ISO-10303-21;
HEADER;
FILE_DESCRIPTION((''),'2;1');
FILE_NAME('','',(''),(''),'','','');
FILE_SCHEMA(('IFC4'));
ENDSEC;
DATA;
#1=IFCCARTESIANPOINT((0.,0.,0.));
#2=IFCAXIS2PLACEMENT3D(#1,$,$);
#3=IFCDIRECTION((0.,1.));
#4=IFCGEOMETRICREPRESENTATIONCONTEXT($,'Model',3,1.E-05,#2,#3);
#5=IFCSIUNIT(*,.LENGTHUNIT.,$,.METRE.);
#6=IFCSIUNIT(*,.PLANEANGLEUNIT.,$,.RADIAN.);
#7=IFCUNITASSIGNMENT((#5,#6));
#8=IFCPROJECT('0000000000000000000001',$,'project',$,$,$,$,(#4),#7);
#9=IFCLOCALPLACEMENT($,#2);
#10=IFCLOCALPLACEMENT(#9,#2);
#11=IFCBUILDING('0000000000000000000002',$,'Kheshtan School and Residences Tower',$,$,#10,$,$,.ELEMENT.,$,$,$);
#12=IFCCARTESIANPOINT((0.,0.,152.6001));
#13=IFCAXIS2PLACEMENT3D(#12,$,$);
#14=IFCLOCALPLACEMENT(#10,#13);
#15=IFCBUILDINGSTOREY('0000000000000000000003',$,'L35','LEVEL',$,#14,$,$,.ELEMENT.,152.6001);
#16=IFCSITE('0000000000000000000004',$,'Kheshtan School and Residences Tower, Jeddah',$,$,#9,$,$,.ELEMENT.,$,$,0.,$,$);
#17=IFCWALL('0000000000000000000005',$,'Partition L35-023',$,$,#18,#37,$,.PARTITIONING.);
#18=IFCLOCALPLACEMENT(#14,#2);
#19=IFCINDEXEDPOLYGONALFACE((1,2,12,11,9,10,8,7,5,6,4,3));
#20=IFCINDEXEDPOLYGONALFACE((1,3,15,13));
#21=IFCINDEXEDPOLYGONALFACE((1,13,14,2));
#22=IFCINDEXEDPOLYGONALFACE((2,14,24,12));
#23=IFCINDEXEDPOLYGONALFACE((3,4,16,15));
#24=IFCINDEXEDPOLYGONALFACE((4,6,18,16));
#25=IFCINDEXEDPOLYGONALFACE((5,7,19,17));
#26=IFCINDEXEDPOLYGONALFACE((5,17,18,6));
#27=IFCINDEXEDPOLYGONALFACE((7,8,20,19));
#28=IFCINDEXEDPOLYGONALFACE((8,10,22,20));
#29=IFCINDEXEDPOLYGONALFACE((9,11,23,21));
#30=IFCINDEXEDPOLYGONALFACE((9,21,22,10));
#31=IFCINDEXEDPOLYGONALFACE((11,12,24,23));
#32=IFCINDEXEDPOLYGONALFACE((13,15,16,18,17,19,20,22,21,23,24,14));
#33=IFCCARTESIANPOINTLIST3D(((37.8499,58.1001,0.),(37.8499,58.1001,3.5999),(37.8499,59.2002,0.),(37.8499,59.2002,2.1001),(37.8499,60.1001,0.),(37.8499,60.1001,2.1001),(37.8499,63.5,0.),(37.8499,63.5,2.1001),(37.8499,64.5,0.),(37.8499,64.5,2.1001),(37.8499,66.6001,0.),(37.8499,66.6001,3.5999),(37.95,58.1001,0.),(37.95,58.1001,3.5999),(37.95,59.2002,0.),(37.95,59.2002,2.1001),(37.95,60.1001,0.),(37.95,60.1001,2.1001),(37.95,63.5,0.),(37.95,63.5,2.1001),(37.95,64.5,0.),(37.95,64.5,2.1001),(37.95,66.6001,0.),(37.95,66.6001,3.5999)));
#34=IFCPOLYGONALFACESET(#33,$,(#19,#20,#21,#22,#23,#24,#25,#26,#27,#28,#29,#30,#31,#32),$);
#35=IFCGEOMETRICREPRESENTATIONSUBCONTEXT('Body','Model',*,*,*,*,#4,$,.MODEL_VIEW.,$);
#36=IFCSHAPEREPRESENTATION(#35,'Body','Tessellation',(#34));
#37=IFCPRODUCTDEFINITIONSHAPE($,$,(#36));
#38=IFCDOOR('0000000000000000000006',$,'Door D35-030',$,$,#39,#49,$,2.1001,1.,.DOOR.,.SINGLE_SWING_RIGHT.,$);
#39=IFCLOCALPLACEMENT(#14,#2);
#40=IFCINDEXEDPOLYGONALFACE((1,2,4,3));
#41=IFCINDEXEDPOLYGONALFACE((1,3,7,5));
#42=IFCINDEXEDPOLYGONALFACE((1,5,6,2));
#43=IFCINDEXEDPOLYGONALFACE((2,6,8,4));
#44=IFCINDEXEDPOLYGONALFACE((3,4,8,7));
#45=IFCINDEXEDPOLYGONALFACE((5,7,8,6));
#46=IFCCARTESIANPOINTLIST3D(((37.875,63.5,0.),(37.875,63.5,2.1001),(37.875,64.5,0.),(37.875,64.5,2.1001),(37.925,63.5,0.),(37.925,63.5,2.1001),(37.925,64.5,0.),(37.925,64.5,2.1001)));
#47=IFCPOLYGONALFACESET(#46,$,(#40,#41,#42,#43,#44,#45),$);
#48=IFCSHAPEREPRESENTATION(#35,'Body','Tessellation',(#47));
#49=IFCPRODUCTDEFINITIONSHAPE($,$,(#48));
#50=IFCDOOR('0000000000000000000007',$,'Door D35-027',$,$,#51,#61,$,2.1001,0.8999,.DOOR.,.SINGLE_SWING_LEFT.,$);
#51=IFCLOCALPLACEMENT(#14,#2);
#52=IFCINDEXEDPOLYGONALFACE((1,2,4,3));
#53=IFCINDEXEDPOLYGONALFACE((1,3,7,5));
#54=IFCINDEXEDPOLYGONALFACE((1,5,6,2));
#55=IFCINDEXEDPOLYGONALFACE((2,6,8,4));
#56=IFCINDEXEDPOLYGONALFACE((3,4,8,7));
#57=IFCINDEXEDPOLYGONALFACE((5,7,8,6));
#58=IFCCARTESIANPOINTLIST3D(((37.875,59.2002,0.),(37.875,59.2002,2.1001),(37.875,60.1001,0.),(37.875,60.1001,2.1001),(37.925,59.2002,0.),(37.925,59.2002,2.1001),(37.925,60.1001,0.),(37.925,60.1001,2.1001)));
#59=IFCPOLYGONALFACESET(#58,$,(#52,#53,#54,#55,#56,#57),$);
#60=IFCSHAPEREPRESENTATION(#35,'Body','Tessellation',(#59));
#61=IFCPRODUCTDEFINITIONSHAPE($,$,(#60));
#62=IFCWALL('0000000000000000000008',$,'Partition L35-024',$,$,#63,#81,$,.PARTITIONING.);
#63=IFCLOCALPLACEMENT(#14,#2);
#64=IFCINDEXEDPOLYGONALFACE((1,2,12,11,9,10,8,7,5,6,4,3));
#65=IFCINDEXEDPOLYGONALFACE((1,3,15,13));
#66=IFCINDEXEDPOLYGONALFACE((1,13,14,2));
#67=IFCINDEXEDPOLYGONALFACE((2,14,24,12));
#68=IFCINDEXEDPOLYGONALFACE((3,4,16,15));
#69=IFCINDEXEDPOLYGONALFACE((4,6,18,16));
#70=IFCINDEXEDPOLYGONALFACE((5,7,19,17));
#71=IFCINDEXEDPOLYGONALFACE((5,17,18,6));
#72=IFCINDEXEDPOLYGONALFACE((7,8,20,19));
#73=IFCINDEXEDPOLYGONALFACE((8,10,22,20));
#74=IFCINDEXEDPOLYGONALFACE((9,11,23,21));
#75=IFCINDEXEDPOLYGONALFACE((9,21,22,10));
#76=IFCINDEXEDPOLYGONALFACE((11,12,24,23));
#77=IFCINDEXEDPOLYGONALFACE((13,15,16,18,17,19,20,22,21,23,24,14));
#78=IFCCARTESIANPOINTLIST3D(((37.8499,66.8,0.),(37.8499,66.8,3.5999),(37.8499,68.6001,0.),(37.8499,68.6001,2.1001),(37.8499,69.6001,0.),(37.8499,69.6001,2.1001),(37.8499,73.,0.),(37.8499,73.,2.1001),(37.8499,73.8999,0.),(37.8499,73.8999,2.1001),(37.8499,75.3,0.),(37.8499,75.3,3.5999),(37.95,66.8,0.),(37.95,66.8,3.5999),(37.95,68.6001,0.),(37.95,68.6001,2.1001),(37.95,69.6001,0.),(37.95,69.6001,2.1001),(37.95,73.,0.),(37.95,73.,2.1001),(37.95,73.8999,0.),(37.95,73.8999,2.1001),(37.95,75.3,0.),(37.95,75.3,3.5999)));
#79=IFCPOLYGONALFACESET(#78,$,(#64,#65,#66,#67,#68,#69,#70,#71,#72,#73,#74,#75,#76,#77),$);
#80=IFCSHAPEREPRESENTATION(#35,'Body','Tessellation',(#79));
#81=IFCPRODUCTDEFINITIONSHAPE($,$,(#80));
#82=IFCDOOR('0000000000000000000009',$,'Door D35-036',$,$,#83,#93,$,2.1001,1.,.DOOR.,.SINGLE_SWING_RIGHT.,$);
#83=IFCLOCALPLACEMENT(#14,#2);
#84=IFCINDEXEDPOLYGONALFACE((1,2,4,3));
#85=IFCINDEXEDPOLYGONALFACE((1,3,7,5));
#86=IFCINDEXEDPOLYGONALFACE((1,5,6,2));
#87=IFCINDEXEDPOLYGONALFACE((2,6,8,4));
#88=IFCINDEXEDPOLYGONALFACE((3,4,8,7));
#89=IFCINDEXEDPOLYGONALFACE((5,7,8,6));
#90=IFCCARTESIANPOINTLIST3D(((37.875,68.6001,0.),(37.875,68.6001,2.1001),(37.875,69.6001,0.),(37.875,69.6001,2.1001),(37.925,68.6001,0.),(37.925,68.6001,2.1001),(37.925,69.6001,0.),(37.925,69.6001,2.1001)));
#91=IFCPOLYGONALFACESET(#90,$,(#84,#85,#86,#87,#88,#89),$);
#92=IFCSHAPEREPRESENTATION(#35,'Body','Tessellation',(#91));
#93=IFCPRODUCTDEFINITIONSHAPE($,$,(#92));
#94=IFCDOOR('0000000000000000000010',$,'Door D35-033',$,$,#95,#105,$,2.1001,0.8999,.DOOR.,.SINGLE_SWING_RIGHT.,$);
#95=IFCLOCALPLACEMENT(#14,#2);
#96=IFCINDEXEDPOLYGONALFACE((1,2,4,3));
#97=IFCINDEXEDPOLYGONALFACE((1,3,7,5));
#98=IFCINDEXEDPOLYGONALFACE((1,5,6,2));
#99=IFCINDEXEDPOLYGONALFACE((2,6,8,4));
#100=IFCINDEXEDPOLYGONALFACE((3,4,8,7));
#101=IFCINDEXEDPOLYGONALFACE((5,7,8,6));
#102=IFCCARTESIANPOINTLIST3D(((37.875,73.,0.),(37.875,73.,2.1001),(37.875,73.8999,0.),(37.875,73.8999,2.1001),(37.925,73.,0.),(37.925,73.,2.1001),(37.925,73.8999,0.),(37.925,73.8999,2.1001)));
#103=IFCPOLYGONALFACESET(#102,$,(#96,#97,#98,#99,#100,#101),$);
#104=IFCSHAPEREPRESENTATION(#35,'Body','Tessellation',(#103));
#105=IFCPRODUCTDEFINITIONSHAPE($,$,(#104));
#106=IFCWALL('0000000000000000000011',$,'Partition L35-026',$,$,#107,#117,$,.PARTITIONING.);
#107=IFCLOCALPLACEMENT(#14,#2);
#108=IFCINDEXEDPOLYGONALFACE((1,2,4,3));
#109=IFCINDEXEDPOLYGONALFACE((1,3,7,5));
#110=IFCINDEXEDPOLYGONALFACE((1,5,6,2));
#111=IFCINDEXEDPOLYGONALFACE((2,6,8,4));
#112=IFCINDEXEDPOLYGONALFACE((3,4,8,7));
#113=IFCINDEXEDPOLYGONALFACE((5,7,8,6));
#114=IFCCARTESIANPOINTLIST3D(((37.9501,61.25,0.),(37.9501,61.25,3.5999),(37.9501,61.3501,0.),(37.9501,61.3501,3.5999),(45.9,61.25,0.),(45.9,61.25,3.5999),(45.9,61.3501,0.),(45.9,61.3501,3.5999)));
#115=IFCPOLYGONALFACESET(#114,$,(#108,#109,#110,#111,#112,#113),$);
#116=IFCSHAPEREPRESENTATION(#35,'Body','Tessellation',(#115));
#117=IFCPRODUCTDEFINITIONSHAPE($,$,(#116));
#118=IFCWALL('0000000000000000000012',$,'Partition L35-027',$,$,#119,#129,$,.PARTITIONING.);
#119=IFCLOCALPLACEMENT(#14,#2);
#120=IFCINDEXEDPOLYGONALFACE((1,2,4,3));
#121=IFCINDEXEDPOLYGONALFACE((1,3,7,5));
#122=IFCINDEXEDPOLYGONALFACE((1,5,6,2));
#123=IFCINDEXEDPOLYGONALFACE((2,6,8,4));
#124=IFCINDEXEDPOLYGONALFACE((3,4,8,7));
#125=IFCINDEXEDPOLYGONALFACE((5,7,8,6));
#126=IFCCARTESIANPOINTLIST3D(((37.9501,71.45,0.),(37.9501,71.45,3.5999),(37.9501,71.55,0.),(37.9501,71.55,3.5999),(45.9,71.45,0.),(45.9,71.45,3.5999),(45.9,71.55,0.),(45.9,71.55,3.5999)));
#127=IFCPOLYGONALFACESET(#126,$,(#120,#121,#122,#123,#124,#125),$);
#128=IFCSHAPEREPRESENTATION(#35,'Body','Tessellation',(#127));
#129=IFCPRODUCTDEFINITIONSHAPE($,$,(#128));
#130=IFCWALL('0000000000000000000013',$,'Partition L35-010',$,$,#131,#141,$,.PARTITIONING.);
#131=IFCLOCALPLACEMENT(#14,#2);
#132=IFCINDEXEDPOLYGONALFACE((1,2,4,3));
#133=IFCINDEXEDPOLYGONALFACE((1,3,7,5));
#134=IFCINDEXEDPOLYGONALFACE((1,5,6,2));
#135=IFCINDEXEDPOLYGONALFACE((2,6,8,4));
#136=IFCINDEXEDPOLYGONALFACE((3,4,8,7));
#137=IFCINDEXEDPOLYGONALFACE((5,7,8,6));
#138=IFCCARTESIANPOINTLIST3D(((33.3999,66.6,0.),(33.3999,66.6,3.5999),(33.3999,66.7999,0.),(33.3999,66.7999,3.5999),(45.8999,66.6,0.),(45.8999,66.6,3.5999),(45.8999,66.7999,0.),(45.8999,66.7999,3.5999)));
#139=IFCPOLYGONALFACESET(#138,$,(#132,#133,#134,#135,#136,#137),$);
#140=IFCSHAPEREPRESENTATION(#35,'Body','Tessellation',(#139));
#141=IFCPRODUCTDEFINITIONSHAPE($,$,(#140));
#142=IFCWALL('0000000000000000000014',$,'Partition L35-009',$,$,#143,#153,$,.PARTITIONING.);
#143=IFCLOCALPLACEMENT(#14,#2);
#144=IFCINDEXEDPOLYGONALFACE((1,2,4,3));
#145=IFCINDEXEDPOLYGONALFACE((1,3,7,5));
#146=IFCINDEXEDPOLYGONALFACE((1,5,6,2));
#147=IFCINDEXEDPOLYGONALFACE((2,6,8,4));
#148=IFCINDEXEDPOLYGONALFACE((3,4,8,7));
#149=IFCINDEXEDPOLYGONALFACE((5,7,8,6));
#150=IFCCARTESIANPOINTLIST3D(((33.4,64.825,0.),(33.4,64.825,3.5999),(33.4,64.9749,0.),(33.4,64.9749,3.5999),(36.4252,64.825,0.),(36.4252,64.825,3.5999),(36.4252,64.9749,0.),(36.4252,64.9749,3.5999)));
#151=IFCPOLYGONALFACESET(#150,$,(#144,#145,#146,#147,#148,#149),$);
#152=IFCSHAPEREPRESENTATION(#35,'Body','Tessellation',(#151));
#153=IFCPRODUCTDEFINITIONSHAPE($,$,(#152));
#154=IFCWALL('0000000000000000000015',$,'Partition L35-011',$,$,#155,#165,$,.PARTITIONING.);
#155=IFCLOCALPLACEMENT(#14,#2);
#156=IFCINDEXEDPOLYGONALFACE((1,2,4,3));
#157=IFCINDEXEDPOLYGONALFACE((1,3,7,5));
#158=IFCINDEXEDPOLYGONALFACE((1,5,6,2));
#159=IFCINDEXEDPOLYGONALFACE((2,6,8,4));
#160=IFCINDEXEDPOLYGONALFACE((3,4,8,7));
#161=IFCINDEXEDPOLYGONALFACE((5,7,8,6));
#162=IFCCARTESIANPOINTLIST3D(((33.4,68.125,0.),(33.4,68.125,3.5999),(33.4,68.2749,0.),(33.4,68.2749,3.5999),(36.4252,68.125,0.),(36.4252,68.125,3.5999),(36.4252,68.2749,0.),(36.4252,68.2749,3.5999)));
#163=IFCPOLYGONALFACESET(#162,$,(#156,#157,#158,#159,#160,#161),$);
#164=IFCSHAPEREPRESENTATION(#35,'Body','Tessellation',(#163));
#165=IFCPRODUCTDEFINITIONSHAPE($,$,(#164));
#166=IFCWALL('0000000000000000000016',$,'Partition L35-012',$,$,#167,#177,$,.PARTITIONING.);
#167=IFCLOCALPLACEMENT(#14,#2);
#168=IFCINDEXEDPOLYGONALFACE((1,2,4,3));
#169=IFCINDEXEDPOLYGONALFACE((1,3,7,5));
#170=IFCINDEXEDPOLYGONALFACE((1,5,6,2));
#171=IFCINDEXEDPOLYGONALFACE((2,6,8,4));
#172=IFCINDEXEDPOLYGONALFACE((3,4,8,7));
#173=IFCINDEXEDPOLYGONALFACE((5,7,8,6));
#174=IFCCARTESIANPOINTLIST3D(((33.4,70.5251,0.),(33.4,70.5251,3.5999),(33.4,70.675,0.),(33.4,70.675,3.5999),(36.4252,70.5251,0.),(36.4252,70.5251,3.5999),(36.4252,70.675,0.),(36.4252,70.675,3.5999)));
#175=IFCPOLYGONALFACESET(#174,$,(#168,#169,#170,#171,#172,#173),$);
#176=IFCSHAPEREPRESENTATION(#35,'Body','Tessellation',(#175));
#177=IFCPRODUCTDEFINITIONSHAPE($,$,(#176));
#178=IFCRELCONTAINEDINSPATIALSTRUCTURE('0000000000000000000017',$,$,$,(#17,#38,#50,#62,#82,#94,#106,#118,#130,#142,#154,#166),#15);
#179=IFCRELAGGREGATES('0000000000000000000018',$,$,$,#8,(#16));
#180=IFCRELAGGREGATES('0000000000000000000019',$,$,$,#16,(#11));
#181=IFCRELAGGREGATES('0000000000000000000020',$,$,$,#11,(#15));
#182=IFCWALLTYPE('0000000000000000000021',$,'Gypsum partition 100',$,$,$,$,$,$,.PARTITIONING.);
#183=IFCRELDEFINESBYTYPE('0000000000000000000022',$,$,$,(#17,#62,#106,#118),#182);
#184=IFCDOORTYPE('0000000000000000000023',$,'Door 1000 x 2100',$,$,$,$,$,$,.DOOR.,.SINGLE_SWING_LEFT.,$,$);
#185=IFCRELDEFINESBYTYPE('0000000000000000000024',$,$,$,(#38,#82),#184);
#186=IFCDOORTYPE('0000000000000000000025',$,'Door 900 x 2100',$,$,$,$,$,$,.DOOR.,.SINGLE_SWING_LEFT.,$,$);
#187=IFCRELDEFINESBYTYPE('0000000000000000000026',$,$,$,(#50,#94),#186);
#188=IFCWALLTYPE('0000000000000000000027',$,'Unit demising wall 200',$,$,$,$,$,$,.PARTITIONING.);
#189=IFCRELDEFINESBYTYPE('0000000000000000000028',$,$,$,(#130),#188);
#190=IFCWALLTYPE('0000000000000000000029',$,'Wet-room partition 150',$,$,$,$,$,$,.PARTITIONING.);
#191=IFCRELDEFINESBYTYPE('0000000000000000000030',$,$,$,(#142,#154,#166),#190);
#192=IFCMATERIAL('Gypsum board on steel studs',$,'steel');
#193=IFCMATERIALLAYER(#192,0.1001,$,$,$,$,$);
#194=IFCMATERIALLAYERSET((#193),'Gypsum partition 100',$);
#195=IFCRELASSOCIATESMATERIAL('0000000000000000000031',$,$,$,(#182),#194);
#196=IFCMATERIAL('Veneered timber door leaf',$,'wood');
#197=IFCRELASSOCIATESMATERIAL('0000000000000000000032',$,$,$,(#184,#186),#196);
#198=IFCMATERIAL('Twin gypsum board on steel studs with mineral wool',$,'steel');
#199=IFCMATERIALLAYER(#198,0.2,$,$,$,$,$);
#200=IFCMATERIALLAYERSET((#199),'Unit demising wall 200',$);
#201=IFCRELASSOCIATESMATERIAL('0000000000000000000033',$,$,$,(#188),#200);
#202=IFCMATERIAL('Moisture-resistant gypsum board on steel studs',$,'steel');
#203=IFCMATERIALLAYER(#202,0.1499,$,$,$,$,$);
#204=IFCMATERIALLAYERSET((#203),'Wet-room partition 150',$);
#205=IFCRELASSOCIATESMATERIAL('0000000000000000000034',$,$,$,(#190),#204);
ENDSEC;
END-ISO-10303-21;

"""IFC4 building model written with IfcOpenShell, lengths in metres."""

from ifc_helpers import new_model, si_unit, direction, frame, frame_2d, origin, place, context, subcontext, project, spatial, rectangle, extrude, source, transform, mapped, material, layer, layer_set, type_object, element, fill, save


model = new_model("IFC4")

# Units and contexts
model_context = context("Model", 3, precision=1e-05, world=origin(), true_north=direction((0.0, 1.0)))
body_context = subcontext(model_context, "Body", "Model", "MODEL_VIEW")
ifc_project = project(units=[si_unit("LENGTHUNIT", "METRE"), si_unit("PLANEANGLEUNIT", "RADIAN")], contexts=[model_context])

# Site, building, storey
site_placement = place(None, origin())
site = spatial("IfcSite", under=ifc_project, at=site_placement, Name="Kheshtan School and Residences Tower, Jeddah", CompositionType="ELEMENT", RefElevation=0.0)
building_placement = place(site_placement, origin())
building = spatial("IfcBuilding", under=site, at=building_placement, Name="Kheshtan School and Residences Tower", CompositionType="ELEMENT")
storey_placement = place(building_placement, frame((0.0, 0.0, 152.6001)))
storey = spatial("IfcBuildingStorey", under=building, at=storey_placement, Name="L35", Description="LEVEL", CompositionType="ELEMENT", Elevation=152.6001)

# Walls, openings, doors
ifc_material_1 = material(Name="Gypsum board on steel studs", Category="steel")
ifc_layer_1 = layer(ifc_material_1, 0.1001)
ifc_layer_set_1 = layer_set([ifc_layer_1], Name="Gypsum partition 100")
wall_type_1 = type_object("IfcWallType", Name="Gypsum partition 100", PredefinedType="PARTITIONING", material=ifc_layer_set_1)
wall_1_placement = place(storey_placement, frame((37.8999, 58.1001, 0.0), z_axis=(0.0, 0.0, 1.0), x_axis=(0.0, 1.0, 0.0)))
wall_1 = element("IfcWall", 1, at=wall_1_placement, inside=storey, type_object=wall_type_1, Name="Partition L35-023", PredefinedType="PARTITIONING", context=body_context, shape_type="SweptSolid", body=[
    extrude(rectangle(XDim=8.5, YDim=0.1001, at=frame_2d((4.25, 0.0))), origin(), (0.0, 0.0, 1.0), 3.5999),
])
opening_1_placement = place(wall_1_placement, frame((1.1001, 0.0, 0.0)))
opening_1 = element("IfcOpeningElement", 2, at=opening_1_placement, cuts=wall_1, PredefinedType="OPENING", context=body_context, shape_type="SweptSolid", body=[
    extrude(rectangle(XDim=0.8999, YDim=2.1001, at=frame_2d((0.45, 1.05))), frame((0.0, 0.0601, 0.0), z_axis=(0.0, -1.0, 0.0), x_axis=(1.0, 0.0, 0.0)), (0.0, 0.0, 1.0), 0.1201),
])
opening_2_placement = place(wall_1_placement, frame((5.3999, 0.0, 0.0)))
opening_2 = element("IfcOpeningElement", 3, at=opening_2_placement, cuts=wall_1, PredefinedType="OPENING", context=body_context, shape_type="SweptSolid", body=[
    extrude(rectangle(XDim=1.0, YDim=2.1001, at=frame_2d((0.5, 1.05))), frame((0.0, 0.0601, 0.0), z_axis=(0.0, -1.0, 0.0), x_axis=(1.0, 0.0, 0.0)), (0.0, 0.0, 1.0), 0.1201),
])
ifc_material_2 = material(Name="Veneered timber door leaf", Category="wood")
door_type_1 = type_object("IfcDoorType", Name="Door 1000 x 2100", OperationType="SINGLE_SWING_LEFT", PredefinedType="DOOR", material=ifc_material_2)
shared_shape_1 = source(origin(), body_context, "Body", "SweptSolid", [
    extrude(rectangle(XDim=1.0, YDim=2.1001, at=frame_2d((0.5, 1.05))), frame((0.0, 0.0249, 0.0), z_axis=(0.0, -1.0, 0.0), x_axis=(1.0, 0.0, 0.0)), (0.0, 0.0, 1.0), 0.05),
])
door_1_placement = place(opening_2_placement, origin())
door_1 = element("IfcDoor", 4, at=door_1_placement, inside=storey, type_object=door_type_1, Name="Door D35-030", OperationType="SINGLE_SWING_RIGHT", OverallHeight=2.1001, OverallWidth=1.0, PredefinedType="DOOR", context=body_context, shape_type="MappedRepresentation", body=[
    mapped(shared_shape_1, transform((0.0, 0.0, 0.0), x_axis=(1.0, 0.0, 0.0), y_axis=(0.0, 1.0, 0.0), z_axis=(0.0, 0.0, 1.0), scale=1.0)),
])
fill(opening_2, door_1)
door_type_2 = type_object("IfcDoorType", Name="Door 900 x 2100", OperationType="SINGLE_SWING_LEFT", PredefinedType="DOOR", material=ifc_material_2)
shared_shape_2 = source(origin(), body_context, "Body", "SweptSolid", [
    extrude(rectangle(XDim=0.8999, YDim=2.1001, at=frame_2d((0.45, 1.05))), frame((0.0, 0.0249, 0.0), z_axis=(0.0, -1.0, 0.0), x_axis=(1.0, 0.0, 0.0)), (0.0, 0.0, 1.0), 0.05),
])
door_2_placement = place(opening_1_placement, origin())
door_2 = element("IfcDoor", 5, at=door_2_placement, inside=storey, type_object=door_type_2, Name="Door D35-027", OperationType="SINGLE_SWING_LEFT", OverallHeight=2.1001, OverallWidth=0.8999, PredefinedType="DOOR", context=body_context, shape_type="MappedRepresentation", body=[
    mapped(shared_shape_2, transform((0.0, 0.0, 0.0), x_axis=(1.0, 0.0, 0.0), y_axis=(0.0, 1.0, 0.0), z_axis=(0.0, 0.0, 1.0), scale=1.0)),
])
fill(opening_1, door_2)
wall_2_placement = place(storey_placement, frame((37.8999, 66.8, 0.0), z_axis=(0.0, 0.0, 1.0), x_axis=(0.0, 1.0, 0.0)))
wall_2 = element("IfcWall", 6, at=wall_2_placement, inside=storey, type_object=wall_type_1, Name="Partition L35-024", PredefinedType="PARTITIONING", context=body_context, shape_type="SweptSolid", body=[
    extrude(rectangle(XDim=8.5, YDim=0.1001, at=frame_2d((4.25, 0.0))), origin(), (0.0, 0.0, 1.0), 3.5999),
])
opening_3_placement = place(wall_2_placement, frame((6.2, 0.0, 0.0)))
opening_3 = element("IfcOpeningElement", 7, at=opening_3_placement, cuts=wall_2, PredefinedType="OPENING", context=body_context, shape_type="SweptSolid", body=[
    extrude(rectangle(XDim=0.8999, YDim=2.1001, at=frame_2d((0.45, 1.05))), frame((0.0, 0.0601, 0.0), z_axis=(0.0, -1.0, 0.0), x_axis=(1.0, 0.0, 0.0)), (0.0, 0.0, 1.0), 0.1201),
])
opening_4_placement = place(wall_2_placement, frame((1.8, 0.0, 0.0)))
opening_4 = element("IfcOpeningElement", 8, at=opening_4_placement, cuts=wall_2, PredefinedType="OPENING", context=body_context, shape_type="SweptSolid", body=[
    extrude(rectangle(XDim=1.0, YDim=2.1001, at=frame_2d((0.5, 1.05))), frame((0.0, 0.0601, 0.0), z_axis=(0.0, -1.0, 0.0), x_axis=(1.0, 0.0, 0.0)), (0.0, 0.0, 1.0), 0.1201),
])
door_3_placement = place(opening_4_placement, origin())
door_3 = element("IfcDoor", 9, at=door_3_placement, inside=storey, type_object=door_type_1, Name="Door D35-036", OperationType="SINGLE_SWING_RIGHT", OverallHeight=2.1001, OverallWidth=1.0, PredefinedType="DOOR", context=body_context, shape_type="MappedRepresentation", body=[
    mapped(shared_shape_1, transform((0.0, 0.0, 0.0), x_axis=(1.0, 0.0, 0.0), y_axis=(0.0, 1.0, 0.0), z_axis=(0.0, 0.0, 1.0), scale=1.0)),
])
fill(opening_4, door_3)
door_4_placement = place(opening_3_placement, origin())
door_4 = element("IfcDoor", 10, at=door_4_placement, inside=storey, type_object=door_type_2, Name="Door D35-033", OperationType="SINGLE_SWING_RIGHT", OverallHeight=2.1001, OverallWidth=0.8999, PredefinedType="DOOR", context=body_context, shape_type="MappedRepresentation", body=[
    mapped(shared_shape_2, transform((0.0, 0.0, 0.0), x_axis=(1.0, 0.0, 0.0), y_axis=(0.0, 1.0, 0.0), z_axis=(0.0, 0.0, 1.0), scale=1.0)),
])
fill(opening_3, door_4)

# Walls
for number, where, z_axis, x_axis, name in (
    (11, (37.95, 61.3, 0.0), (0.0, 0.0, 1.0), (1.0, 0.0, 0.0), "Partition L35-026"),
    (12, (37.95, 71.5, 0.0), (0.0, 0.0, 1.0), (1.0, 0.0, 0.0), "Partition L35-027"),
):
    element("IfcWall", number, at=place(storey_placement, frame(where, z_axis=z_axis, x_axis=x_axis)), inside=storey, type_object=wall_type_1, Name=name, PredefinedType="PARTITIONING", context=body_context, shape_type="SweptSolid", body=[
        extrude(rectangle(XDim=7.95, YDim=0.1001, at=frame_2d((3.9751, 0.0))), origin(), (0.0, 0.0, 1.0), 3.5999),
    ])
ifc_material_3 = material(Name="Twin gypsum board on steel studs with mineral wool", Category="steel")
ifc_layer_2 = layer(ifc_material_3, 0.2)
ifc_layer_set_2 = layer_set([ifc_layer_2], Name="Unit demising wall 200")
wall_type_2 = type_object("IfcWallType", Name="Unit demising wall 200", PredefinedType="PARTITIONING", material=ifc_layer_set_2)
wall_3_placement = place(storey_placement, frame((33.3999, 66.7, 0.0), z_axis=(0.0, 0.0, 1.0), x_axis=(1.0, 0.0, 0.0)))
element("IfcWall", 13, at=wall_3_placement, inside=storey, type_object=wall_type_2, Name="Partition L35-010", PredefinedType="PARTITIONING", context=body_context, shape_type="SweptSolid", body=[
    extrude(rectangle(XDim=12.5, YDim=0.2, at=frame_2d((6.25, 0.0))), origin(), (0.0, 0.0, 1.0), 3.5999),
])
ifc_material_4 = material(Name="Moisture-resistant gypsum board on steel studs", Category="steel")
ifc_layer_3 = layer(ifc_material_4, 0.1499)
ifc_layer_set_3 = layer_set([ifc_layer_3], Name="Wet-room partition 150")
wall_type_3 = type_object("IfcWallType", Name="Wet-room partition 150", PredefinedType="PARTITIONING", material=ifc_layer_set_3)
for number, where, z_axis, x_axis, name in (
    (14, (33.3999, 64.8999, 0.0), (0.0, 0.0, 1.0), (1.0, 0.0, 0.0), "Partition L35-009"),
    (15, (33.3999, 68.2, 0.0), (0.0, 0.0, 1.0), (1.0, 0.0, 0.0), "Partition L35-011"),
    (16, (33.3999, 70.6001, 0.0), (0.0, 0.0, 1.0), (1.0, 0.0, 0.0), "Partition L35-012"),
):
    element("IfcWall", number, at=place(storey_placement, frame(where, z_axis=z_axis, x_axis=x_axis)), inside=storey, type_object=wall_type_3, Name=name, PredefinedType="PARTITIONING", context=body_context, shape_type="SweptSolid", body=[
        extrude(rectangle(XDim=3.0251, YDim=0.1499, at=frame_2d((1.5127, 0.0))), origin(), (0.0, 0.0, 1.0), 3.5999),
    ])

save(model, "model.ifc")
